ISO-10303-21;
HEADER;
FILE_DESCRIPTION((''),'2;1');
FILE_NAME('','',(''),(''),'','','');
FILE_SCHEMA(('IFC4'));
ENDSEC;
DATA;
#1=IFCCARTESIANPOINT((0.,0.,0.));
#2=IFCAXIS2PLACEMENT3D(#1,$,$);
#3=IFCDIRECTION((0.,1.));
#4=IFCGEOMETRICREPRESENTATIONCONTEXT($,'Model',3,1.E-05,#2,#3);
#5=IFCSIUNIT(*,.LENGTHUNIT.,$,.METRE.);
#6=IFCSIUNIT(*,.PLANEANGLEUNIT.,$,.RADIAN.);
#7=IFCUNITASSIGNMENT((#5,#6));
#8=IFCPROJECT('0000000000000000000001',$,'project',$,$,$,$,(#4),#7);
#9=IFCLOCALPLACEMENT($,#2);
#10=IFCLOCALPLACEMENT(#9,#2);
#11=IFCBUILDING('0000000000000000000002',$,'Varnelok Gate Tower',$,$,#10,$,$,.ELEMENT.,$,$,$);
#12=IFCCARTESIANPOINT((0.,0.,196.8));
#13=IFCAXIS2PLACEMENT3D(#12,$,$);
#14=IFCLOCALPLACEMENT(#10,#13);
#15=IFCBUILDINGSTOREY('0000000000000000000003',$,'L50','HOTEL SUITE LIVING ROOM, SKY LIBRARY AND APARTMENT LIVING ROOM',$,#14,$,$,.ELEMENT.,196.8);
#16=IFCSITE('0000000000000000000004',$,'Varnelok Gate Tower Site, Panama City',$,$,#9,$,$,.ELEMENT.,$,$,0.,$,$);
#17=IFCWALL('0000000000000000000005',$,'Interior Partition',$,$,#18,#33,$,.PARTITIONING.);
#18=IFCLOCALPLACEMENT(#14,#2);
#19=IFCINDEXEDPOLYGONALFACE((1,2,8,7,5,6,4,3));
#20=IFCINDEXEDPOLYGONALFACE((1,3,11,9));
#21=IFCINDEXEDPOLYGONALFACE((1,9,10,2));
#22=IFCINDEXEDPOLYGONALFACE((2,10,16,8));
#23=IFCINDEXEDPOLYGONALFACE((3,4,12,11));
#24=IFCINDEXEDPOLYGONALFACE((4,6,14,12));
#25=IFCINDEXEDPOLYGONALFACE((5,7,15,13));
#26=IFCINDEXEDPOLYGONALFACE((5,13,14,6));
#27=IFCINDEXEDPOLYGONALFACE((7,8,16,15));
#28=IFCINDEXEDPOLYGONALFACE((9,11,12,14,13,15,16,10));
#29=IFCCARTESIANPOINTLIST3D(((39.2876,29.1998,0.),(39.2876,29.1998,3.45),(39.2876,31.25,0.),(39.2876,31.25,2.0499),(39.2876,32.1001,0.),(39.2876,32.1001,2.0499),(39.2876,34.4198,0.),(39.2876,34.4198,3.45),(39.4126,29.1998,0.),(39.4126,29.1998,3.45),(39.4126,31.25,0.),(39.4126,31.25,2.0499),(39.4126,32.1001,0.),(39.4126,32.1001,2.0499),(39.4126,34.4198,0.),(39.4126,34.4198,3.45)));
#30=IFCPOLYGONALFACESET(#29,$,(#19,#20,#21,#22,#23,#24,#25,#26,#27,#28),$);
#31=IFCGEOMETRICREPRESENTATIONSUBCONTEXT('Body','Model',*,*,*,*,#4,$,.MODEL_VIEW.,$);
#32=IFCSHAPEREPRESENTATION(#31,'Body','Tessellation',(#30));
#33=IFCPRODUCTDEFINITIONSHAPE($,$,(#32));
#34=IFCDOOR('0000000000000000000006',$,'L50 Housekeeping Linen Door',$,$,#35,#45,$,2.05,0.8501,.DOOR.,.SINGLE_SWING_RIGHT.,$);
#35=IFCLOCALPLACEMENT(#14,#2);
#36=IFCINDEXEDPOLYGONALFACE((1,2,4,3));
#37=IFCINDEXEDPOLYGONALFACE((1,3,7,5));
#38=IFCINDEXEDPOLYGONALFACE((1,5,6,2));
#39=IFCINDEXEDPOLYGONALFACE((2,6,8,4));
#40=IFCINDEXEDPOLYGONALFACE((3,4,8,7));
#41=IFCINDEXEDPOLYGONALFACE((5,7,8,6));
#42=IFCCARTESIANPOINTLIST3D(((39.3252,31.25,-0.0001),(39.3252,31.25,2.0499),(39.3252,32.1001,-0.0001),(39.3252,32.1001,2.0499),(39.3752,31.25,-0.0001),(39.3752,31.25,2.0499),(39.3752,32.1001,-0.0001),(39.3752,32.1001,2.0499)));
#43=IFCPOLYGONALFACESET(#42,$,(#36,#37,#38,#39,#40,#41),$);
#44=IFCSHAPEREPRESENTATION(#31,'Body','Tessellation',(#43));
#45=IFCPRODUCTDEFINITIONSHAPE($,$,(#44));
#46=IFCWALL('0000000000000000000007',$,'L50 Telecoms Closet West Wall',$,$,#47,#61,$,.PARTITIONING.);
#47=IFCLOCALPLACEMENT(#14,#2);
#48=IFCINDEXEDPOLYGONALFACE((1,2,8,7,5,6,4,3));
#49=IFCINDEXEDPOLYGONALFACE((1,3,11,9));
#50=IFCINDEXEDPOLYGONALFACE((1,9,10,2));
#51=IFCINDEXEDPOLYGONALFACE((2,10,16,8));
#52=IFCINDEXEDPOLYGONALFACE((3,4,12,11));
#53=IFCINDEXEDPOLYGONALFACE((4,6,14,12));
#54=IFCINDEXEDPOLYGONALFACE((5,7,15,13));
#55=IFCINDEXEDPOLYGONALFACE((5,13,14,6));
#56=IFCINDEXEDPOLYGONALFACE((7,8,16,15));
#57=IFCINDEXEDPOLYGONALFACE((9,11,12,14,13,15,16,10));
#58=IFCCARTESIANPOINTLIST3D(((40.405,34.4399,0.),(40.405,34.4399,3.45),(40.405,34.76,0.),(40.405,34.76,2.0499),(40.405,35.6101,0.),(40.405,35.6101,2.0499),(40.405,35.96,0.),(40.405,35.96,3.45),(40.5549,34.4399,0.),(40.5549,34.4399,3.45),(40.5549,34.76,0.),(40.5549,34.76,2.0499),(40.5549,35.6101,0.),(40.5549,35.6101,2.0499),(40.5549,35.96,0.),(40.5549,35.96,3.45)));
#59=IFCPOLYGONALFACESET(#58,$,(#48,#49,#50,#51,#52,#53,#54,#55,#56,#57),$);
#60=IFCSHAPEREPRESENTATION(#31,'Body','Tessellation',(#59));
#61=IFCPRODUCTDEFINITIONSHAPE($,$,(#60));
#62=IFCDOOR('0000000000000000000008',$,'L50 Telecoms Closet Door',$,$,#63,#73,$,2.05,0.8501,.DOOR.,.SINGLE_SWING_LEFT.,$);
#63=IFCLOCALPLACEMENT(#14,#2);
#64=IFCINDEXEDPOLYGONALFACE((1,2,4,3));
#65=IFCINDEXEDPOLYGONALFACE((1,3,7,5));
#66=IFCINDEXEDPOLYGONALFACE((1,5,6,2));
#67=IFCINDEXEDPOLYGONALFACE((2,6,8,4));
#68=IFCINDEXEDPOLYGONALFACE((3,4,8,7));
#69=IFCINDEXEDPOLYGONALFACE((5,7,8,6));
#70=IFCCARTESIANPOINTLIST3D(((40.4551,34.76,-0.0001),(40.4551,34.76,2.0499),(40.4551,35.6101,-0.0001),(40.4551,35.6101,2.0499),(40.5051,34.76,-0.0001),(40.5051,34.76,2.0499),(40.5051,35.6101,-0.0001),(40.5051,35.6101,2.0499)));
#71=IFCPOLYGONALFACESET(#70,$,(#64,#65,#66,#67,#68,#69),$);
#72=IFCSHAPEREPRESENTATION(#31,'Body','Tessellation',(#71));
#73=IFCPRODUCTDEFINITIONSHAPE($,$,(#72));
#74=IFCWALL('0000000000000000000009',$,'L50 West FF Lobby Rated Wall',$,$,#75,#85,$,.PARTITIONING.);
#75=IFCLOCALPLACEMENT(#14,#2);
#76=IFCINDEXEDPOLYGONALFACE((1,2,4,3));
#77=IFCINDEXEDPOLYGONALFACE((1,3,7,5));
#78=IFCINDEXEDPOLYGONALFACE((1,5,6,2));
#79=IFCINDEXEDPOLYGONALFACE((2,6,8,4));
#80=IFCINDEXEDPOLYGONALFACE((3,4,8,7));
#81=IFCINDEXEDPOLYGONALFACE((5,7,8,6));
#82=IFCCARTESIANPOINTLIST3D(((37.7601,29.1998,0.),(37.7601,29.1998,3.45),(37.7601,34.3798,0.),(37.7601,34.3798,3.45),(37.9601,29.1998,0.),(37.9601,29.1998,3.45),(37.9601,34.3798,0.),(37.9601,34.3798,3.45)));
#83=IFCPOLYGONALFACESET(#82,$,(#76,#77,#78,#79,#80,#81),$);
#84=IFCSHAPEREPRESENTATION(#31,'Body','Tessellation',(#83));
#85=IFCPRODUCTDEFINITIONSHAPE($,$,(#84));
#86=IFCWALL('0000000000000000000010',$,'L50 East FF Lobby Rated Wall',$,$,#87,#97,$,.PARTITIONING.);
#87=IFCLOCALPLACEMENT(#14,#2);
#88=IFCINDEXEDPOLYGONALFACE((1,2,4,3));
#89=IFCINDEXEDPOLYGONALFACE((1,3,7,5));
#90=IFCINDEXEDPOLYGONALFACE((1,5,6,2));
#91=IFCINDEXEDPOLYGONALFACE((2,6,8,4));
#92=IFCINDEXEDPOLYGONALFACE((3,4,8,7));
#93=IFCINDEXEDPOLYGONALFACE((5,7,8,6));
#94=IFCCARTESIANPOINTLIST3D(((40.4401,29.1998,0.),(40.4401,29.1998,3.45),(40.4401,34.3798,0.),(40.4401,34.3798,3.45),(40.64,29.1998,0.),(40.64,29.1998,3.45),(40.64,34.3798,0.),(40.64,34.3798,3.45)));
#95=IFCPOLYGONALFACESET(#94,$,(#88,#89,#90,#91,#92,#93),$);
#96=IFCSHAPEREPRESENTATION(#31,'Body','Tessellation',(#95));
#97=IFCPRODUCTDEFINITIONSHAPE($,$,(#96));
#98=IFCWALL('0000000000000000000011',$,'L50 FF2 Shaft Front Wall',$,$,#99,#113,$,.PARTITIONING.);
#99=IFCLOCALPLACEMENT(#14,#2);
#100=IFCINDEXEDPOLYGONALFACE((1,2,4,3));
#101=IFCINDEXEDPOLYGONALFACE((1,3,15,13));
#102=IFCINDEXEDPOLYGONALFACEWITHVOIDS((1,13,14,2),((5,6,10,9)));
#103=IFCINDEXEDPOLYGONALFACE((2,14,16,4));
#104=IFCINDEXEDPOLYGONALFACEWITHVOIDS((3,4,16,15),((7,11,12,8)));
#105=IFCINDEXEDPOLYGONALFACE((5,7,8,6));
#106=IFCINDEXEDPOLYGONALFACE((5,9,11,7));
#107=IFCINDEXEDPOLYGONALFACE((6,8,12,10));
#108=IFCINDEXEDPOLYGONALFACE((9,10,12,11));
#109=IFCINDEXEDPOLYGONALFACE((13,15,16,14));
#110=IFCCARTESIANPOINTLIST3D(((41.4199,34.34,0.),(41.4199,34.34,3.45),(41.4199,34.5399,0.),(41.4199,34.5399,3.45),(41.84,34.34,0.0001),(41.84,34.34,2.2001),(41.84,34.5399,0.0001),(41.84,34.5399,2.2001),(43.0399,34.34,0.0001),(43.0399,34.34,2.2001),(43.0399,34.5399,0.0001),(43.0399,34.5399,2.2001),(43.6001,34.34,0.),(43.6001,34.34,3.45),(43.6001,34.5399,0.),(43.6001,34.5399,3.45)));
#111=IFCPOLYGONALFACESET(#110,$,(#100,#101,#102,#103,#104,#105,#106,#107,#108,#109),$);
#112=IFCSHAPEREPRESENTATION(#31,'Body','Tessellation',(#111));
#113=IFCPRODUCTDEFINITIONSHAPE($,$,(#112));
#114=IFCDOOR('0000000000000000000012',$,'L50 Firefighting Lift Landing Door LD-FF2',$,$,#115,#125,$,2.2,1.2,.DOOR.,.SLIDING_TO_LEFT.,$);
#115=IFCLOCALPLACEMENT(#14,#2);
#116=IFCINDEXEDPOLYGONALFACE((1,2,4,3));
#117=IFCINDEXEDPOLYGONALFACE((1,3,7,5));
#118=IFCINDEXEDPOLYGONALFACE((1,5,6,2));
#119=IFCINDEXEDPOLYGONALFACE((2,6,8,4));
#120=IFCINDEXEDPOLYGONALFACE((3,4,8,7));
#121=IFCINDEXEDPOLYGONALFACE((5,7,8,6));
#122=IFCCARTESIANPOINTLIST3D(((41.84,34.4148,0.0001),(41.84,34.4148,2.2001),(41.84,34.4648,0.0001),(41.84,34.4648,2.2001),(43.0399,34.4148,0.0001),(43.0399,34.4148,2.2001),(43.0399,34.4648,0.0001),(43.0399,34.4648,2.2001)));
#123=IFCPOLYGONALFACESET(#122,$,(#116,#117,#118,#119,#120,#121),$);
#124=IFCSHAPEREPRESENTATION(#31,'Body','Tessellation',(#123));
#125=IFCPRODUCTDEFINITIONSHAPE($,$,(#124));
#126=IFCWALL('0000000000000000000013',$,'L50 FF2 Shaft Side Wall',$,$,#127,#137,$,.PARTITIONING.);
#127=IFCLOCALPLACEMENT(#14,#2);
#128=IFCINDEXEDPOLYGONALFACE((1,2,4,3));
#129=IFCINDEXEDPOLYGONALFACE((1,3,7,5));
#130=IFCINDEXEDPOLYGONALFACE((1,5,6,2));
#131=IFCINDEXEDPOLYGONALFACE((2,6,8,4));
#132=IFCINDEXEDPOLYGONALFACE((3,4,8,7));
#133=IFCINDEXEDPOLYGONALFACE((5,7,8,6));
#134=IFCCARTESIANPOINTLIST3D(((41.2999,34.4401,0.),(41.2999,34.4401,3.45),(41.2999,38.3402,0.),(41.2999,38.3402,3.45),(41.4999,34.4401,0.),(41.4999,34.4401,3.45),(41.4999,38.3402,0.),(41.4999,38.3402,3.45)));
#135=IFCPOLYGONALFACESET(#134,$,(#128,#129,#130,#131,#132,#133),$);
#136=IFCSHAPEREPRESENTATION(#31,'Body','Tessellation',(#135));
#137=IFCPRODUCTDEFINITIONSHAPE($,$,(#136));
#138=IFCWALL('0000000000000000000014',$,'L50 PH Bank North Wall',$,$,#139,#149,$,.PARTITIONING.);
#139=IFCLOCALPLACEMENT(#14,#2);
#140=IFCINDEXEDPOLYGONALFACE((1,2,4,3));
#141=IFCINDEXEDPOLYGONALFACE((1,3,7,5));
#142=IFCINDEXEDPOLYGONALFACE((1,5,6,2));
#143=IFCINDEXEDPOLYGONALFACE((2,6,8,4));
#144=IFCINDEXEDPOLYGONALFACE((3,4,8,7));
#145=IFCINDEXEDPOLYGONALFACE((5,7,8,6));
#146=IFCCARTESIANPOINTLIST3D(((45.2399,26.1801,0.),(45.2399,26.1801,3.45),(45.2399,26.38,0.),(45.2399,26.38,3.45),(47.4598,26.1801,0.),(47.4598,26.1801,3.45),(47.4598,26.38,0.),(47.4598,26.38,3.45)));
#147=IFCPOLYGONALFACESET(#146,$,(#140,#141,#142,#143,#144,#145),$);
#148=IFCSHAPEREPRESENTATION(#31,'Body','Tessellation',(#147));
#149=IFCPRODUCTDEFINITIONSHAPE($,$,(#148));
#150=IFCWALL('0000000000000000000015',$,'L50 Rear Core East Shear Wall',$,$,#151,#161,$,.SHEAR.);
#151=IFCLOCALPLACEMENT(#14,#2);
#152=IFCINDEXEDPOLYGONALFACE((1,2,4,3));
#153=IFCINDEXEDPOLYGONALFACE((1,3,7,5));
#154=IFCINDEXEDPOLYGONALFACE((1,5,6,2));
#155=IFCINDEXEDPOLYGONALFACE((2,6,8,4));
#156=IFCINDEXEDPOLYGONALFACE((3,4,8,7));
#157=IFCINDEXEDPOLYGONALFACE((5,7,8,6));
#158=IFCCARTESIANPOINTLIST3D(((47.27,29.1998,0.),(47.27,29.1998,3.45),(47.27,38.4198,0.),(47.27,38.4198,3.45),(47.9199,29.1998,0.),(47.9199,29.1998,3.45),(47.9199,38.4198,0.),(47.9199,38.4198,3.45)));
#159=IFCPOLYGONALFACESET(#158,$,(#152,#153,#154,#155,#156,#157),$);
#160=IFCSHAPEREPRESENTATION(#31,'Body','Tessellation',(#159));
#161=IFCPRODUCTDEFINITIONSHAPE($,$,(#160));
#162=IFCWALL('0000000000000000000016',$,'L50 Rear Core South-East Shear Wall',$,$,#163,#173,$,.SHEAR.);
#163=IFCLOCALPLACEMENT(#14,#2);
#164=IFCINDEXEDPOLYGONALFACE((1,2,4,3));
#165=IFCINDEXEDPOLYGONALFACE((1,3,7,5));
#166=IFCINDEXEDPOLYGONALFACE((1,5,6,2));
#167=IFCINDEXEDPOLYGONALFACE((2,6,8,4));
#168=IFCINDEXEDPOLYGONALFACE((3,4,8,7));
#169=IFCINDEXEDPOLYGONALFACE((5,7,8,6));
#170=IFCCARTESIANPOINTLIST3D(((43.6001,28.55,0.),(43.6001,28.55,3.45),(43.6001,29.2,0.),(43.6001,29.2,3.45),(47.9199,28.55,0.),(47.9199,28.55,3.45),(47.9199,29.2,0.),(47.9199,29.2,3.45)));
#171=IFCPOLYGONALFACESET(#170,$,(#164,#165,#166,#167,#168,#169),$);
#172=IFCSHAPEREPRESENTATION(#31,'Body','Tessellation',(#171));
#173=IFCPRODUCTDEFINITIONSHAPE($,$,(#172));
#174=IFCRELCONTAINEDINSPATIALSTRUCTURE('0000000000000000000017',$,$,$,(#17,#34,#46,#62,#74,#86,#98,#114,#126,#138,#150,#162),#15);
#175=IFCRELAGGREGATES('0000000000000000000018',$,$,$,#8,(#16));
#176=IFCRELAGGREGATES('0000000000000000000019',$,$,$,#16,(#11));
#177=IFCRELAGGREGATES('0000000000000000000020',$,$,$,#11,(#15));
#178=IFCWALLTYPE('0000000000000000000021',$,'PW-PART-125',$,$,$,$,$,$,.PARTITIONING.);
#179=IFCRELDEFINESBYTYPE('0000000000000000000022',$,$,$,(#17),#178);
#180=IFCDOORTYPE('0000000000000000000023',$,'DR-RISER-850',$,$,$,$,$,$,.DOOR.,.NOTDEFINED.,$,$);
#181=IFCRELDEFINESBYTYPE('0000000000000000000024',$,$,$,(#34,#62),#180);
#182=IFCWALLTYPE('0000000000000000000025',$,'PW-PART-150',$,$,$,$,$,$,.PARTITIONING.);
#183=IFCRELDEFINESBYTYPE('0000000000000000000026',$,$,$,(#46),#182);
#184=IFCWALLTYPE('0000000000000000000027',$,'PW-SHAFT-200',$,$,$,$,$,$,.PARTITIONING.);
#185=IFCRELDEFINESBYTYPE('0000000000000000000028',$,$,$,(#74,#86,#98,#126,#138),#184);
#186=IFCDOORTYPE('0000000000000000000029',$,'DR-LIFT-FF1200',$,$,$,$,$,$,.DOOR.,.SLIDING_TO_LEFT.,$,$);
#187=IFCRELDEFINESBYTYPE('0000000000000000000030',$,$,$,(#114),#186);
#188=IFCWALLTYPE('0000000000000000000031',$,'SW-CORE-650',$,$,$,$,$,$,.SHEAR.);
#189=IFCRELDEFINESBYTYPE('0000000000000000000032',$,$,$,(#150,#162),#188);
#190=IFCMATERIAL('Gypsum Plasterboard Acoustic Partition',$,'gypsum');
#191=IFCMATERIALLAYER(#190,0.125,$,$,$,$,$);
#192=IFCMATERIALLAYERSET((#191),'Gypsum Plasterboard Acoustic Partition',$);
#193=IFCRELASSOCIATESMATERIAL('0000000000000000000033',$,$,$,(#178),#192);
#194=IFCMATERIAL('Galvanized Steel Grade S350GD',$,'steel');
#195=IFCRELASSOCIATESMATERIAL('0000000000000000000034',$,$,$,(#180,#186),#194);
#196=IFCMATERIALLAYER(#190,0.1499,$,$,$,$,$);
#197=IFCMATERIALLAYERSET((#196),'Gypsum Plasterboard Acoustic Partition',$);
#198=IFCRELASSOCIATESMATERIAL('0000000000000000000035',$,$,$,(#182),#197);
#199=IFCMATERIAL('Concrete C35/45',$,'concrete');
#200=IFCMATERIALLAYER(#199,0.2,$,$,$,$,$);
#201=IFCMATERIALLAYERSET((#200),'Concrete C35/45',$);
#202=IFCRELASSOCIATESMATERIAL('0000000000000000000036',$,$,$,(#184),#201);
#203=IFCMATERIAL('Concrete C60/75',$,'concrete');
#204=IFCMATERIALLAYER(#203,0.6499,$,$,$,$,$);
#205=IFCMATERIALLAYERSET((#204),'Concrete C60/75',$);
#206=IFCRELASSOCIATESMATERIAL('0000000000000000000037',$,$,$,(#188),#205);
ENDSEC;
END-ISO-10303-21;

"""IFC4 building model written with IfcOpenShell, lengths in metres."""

from ifc_helpers import new_model, si_unit, direction, frame, frame_2d, origin, place, context, subcontext, project, spatial, rectangle, extrude, material, layer, layer_set, type_object, element, fill, save


model = new_model("IFC4")

# Units and contexts
model_context = context("Model", 3, precision=1e-05, world=origin(), true_north=direction((0.0, 1.0)))
body_context = subcontext(model_context, "Body", "Model", "MODEL_VIEW")
ifc_project = project(units=[si_unit("LENGTHUNIT", "METRE"), si_unit("PLANEANGLEUNIT", "RADIAN")], contexts=[model_context])

# Site, building, storey
site_placement = place(None, origin())
site = spatial("IfcSite", under=ifc_project, at=site_placement, Name="Varnelok Gate Tower Site, Panama City", CompositionType="ELEMENT", RefElevation=0.0)
building_placement = place(site_placement, origin())
building = spatial("IfcBuilding", under=site, at=building_placement, Name="Varnelok Gate Tower", CompositionType="ELEMENT")
storey_placement = place(building_placement, frame((0.0, 0.0, 196.8)))
storey = spatial("IfcBuildingStorey", under=building, at=storey_placement, Name="L50", Description="HOTEL SUITE LIVING ROOM, SKY LIBRARY AND APARTMENT LIVING ROOM", CompositionType="ELEMENT", Elevation=196.8)

# Shared definitions
ifc_material_1 = material(Name="Concrete C60/75", Category="concrete")

# Walls, openings, doors
ifc_material_2 = material(Name="Gypsum Plasterboard Acoustic Partition", Category="gypsum")
ifc_layer_1 = layer(ifc_material_2, 0.125)
ifc_layer_set_1 = layer_set([ifc_layer_1], Name="Gypsum Plasterboard Acoustic Partition")
wall_type_1 = type_object("IfcWallType", Name="PW-PART-125", PredefinedType="PARTITIONING", material=ifc_layer_set_1)
wall_1_placement = place(storey_placement, frame((39.3501, 29.2, 0.0), z_axis=(0.0, 0.0, 1.0), x_axis=(0.0, 1.0, 0.0)))
wall_1 = element("IfcWall", 1, at=wall_1_placement, inside=storey, type_object=wall_type_1, Name="Interior Partition", PredefinedType="PARTITIONING", context=body_context, shape_type="SweptSolid", body=[
    extrude(rectangle(XDim=5.22, YDim=0.125, at=frame_2d((2.6099, 0.0))), origin(), (0.0, 0.0, 1.0), 3.45),
])
opening_1_placement = place(wall_1_placement, frame((2.05, 0.0, 0.0)))
opening_1 = element("IfcOpeningElement", 2, at=opening_1_placement, cuts=wall_1, PredefinedType="OPENING", context=body_context, shape_type="SweptSolid", body=[
    extrude(rectangle(XDim=0.8501, YDim=2.05, at=frame_2d((0.425, 1.0249))), frame((0.0, 0.0725, 0.0), z_axis=(0.0, -1.0, 0.0), x_axis=(1.0, 0.0, 0.0)), (0.0, 0.0, 1.0), 0.145),
])
ifc_material_3 = material(Name="Galvanized Steel Grade S350GD", Category="steel")
door_type_1 = type_object("IfcDoorType", Name="DR-RISER-850", OperationType="NOTDEFINED", PredefinedType="DOOR", material=ifc_material_3)
door_1_placement = place(opening_1_placement, origin())
door_1 = element("IfcDoor", 3, at=door_1_placement, inside=storey, type_object=door_type_1, Name="L50 Housekeeping Linen Door", OperationType="SINGLE_SWING_RIGHT", OverallHeight=2.05, OverallWidth=0.8501, PredefinedType="DOOR", context=body_context, shape_type="SweptSolid", body=[
    extrude(rectangle(XDim=0.8501, YDim=2.05, at=frame_2d((0.425, 1.0249))), frame((0.0, 0.0249, 0.0), z_axis=(0.0, -1.0, 0.0), x_axis=(1.0, 0.0, 0.0)), (0.0, 0.0, 1.0), 0.05),
])
fill(opening_1, door_1)
ifc_layer_2 = layer(ifc_material_2, 0.1499)
ifc_layer_set_2 = layer_set([ifc_layer_2], Name="Gypsum Plasterboard Acoustic Partition")
wall_type_2 = type_object("IfcWallType", Name="PW-PART-150", PredefinedType="PARTITIONING", material=ifc_layer_set_2)
wall_2_placement = place(storey_placement, frame((40.48, 34.4399, 0.0), z_axis=(0.0, 0.0, 1.0), x_axis=(0.0, 1.0, 0.0)))
wall_2 = element("IfcWall", 4, at=wall_2_placement, inside=storey, type_object=wall_type_2, Name="L50 Telecoms Closet West Wall", PredefinedType="PARTITIONING", context=body_context, shape_type="SweptSolid", body=[
    extrude(rectangle(XDim=1.52, YDim=0.1499, at=frame_2d((0.76, 0.0))), origin(), (0.0, 0.0, 1.0), 3.45),
])
opening_2_placement = place(wall_2_placement, frame((0.3201, 0.0, 0.0)))
opening_2 = element("IfcOpeningElement", 5, at=opening_2_placement, cuts=wall_2, PredefinedType="OPENING", context=body_context, shape_type="SweptSolid", body=[
    extrude(rectangle(XDim=0.8501, YDim=2.05, at=frame_2d((0.425, 1.0249))), frame((0.0, 0.085, 0.0), z_axis=(0.0, -1.0, 0.0), x_axis=(1.0, 0.0, 0.0)), (0.0, 0.0, 1.0), 0.1699),
])
door_2_placement = place(opening_2_placement, origin())
door_2 = element("IfcDoor", 6, at=door_2_placement, inside=storey, type_object=door_type_1, Name="L50 Telecoms Closet Door", OperationType="SINGLE_SWING_LEFT", OverallHeight=2.05, OverallWidth=0.8501, PredefinedType="DOOR", context=body_context, shape_type="SweptSolid", body=[
    extrude(rectangle(XDim=0.8501, YDim=2.05, at=frame_2d((0.425, 1.0249))), frame((0.0, 0.0249, 0.0), z_axis=(0.0, -1.0, 0.0), x_axis=(1.0, 0.0, 0.0)), (0.0, 0.0, 1.0), 0.05),
])
fill(opening_2, door_2)

# Walls
ifc_material_4 = material(Name="Concrete C35/45", Category="concrete")
ifc_layer_3 = layer(ifc_material_4, 0.2)
ifc_layer_set_3 = layer_set([ifc_layer_3], Name="Concrete C35/45")
wall_type_3 = type_object("IfcWallType", Name="PW-SHAFT-200", PredefinedType="PARTITIONING", material=ifc_layer_set_3)
for number, where, z_axis, x_axis, name in (
    (7, (37.8601, 29.2, 0.0), (0.0, 0.0, 1.0), (0.0, 1.0, 0.0), "L50 West FF Lobby Rated Wall"),
    (8, (40.54, 29.2, 0.0), (0.0, 0.0, 1.0), (0.0, 1.0, 0.0), "L50 East FF Lobby Rated Wall"),
):
    element("IfcWall", number, at=place(storey_placement, frame(where, z_axis=z_axis, x_axis=x_axis)), inside=storey, type_object=wall_type_3, Name=name, PredefinedType="PARTITIONING", context=body_context, shape_type="SweptSolid", body=[
        extrude(rectangle(XDim=5.1799, YDim=0.2, at=frame_2d((2.5898, 0.0))), origin(), (0.0, 0.0, 1.0), 3.45),
    ])

# Wall, opening, door
wall_3_placement = place(storey_placement, frame((41.4199, 34.4399, 0.0), z_axis=(0.0, 0.0, 1.0), x_axis=(1.0, 0.0, 0.0)))
wall_3 = element("IfcWall", 9, at=wall_3_placement, inside=storey, type_object=wall_type_3, Name="L50 FF2 Shaft Front Wall", PredefinedType="PARTITIONING", context=body_context, shape_type="SweptSolid", body=[
    extrude(rectangle(XDim=2.1802, YDim=0.2, at=frame_2d((1.0901, 0.0))), origin(), (0.0, 0.0, 1.0), 3.45),
])
opening_3_placement = place(wall_3_placement, frame((0.4199, 0.0, 0.0)))
opening_3 = element("IfcOpeningElement", 10, at=opening_3_placement, cuts=wall_3, PredefinedType="OPENING", context=body_context, shape_type="SweptSolid", body=[
    extrude(rectangle(XDim=1.2, YDim=2.2, at=frame_2d((0.6001, 1.1001))), frame((0.0, 0.1099, 0.0), z_axis=(0.0, -1.0, 0.0), x_axis=(1.0, 0.0, 0.0)), (0.0, 0.0, 1.0), 0.22),
])
door_type_2 = type_object("IfcDoorType", Name="DR-LIFT-FF1200", OperationType="SLIDING_TO_LEFT", PredefinedType="DOOR", material=ifc_material_3)
door_3_placement = place(opening_3_placement, origin())
door_3 = element("IfcDoor", 11, at=door_3_placement, inside=storey, type_object=door_type_2, Name="L50 Firefighting Lift Landing Door LD-FF2", OperationType="SLIDING_TO_LEFT", OverallHeight=2.2, OverallWidth=1.2, PredefinedType="DOOR", context=body_context, shape_type="SweptSolid", body=[
    extrude(rectangle(XDim=1.2, YDim=2.2, at=frame_2d((0.6001, 1.1001))), frame((0.0, 0.0249, 0.0), z_axis=(0.0, -1.0, 0.0), x_axis=(1.0, 0.0, 0.0)), (0.0, 0.0, 1.0), 0.05),
])
fill(opening_3, door_3)

# Walls
wall_4_placement = place(storey_placement, frame((41.3999, 34.4399, 0.0), z_axis=(0.0, 0.0, 1.0), x_axis=(0.0, 1.0, 0.0)))
element("IfcWall", 12, at=wall_4_placement, inside=storey, type_object=wall_type_3, Name="L50 FF2 Shaft Side Wall", PredefinedType="PARTITIONING", context=body_context, shape_type="SweptSolid", body=[
    extrude(rectangle(XDim=3.9001, YDim=0.2, at=frame_2d((1.9502, 0.0))), origin(), (0.0, 0.0, 1.0), 3.45),
])
wall_5_placement = place(storey_placement, frame((45.24, 26.28, 0.0), z_axis=(0.0, 0.0, 1.0), x_axis=(1.0, 0.0, 0.0)))
element("IfcWall", 13, at=wall_5_placement, inside=storey, type_object=wall_type_3, Name="L50 PH Bank North Wall", PredefinedType="PARTITIONING", context=body_context, shape_type="SweptSolid", body=[
    extrude(rectangle(XDim=2.22, YDim=0.2, at=frame_2d((1.1099, 0.0))), origin(), (0.0, 0.0, 1.0), 3.45),
])
ifc_layer_4 = layer(ifc_material_1, 0.6499)
ifc_layer_set_4 = layer_set([ifc_layer_4], Name="Concrete C60/75")
wall_type_4 = type_object("IfcWallType", Name="SW-CORE-650", PredefinedType="SHEAR", material=ifc_layer_set_4)
wall_6_placement = place(storey_placement, frame((47.595, 29.2, 0.0), z_axis=(0.0, 0.0, 1.0), x_axis=(0.0, 1.0, 0.0)))
element("IfcWall", 14, at=wall_6_placement, inside=storey, type_object=wall_type_4, Name="L50 Rear Core East Shear Wall", PredefinedType="SHEAR", context=body_context, shape_type="SweptSolid", body=[
    extrude(rectangle(XDim=9.22, YDim=0.6499, at=frame_2d((4.6099, 0.0))), origin(), (0.0, 0.0, 1.0), 3.45),
])
wall_7_placement = place(storey_placement, frame((43.6001, 28.875, 0.0), z_axis=(0.0, 0.0, 1.0), x_axis=(1.0, 0.0, 0.0)))
element("IfcWall", 15, at=wall_7_placement, inside=storey, type_object=wall_type_4, Name="L50 Rear Core South-East Shear Wall", PredefinedType="SHEAR", context=body_context, shape_type="SweptSolid", body=[
    extrude(rectangle(XDim=4.3198, YDim=0.6499, at=frame_2d((2.1599, 0.0))), origin(), (0.0, 0.0, 1.0), 3.45),
])

save(model, "model.ifc")
